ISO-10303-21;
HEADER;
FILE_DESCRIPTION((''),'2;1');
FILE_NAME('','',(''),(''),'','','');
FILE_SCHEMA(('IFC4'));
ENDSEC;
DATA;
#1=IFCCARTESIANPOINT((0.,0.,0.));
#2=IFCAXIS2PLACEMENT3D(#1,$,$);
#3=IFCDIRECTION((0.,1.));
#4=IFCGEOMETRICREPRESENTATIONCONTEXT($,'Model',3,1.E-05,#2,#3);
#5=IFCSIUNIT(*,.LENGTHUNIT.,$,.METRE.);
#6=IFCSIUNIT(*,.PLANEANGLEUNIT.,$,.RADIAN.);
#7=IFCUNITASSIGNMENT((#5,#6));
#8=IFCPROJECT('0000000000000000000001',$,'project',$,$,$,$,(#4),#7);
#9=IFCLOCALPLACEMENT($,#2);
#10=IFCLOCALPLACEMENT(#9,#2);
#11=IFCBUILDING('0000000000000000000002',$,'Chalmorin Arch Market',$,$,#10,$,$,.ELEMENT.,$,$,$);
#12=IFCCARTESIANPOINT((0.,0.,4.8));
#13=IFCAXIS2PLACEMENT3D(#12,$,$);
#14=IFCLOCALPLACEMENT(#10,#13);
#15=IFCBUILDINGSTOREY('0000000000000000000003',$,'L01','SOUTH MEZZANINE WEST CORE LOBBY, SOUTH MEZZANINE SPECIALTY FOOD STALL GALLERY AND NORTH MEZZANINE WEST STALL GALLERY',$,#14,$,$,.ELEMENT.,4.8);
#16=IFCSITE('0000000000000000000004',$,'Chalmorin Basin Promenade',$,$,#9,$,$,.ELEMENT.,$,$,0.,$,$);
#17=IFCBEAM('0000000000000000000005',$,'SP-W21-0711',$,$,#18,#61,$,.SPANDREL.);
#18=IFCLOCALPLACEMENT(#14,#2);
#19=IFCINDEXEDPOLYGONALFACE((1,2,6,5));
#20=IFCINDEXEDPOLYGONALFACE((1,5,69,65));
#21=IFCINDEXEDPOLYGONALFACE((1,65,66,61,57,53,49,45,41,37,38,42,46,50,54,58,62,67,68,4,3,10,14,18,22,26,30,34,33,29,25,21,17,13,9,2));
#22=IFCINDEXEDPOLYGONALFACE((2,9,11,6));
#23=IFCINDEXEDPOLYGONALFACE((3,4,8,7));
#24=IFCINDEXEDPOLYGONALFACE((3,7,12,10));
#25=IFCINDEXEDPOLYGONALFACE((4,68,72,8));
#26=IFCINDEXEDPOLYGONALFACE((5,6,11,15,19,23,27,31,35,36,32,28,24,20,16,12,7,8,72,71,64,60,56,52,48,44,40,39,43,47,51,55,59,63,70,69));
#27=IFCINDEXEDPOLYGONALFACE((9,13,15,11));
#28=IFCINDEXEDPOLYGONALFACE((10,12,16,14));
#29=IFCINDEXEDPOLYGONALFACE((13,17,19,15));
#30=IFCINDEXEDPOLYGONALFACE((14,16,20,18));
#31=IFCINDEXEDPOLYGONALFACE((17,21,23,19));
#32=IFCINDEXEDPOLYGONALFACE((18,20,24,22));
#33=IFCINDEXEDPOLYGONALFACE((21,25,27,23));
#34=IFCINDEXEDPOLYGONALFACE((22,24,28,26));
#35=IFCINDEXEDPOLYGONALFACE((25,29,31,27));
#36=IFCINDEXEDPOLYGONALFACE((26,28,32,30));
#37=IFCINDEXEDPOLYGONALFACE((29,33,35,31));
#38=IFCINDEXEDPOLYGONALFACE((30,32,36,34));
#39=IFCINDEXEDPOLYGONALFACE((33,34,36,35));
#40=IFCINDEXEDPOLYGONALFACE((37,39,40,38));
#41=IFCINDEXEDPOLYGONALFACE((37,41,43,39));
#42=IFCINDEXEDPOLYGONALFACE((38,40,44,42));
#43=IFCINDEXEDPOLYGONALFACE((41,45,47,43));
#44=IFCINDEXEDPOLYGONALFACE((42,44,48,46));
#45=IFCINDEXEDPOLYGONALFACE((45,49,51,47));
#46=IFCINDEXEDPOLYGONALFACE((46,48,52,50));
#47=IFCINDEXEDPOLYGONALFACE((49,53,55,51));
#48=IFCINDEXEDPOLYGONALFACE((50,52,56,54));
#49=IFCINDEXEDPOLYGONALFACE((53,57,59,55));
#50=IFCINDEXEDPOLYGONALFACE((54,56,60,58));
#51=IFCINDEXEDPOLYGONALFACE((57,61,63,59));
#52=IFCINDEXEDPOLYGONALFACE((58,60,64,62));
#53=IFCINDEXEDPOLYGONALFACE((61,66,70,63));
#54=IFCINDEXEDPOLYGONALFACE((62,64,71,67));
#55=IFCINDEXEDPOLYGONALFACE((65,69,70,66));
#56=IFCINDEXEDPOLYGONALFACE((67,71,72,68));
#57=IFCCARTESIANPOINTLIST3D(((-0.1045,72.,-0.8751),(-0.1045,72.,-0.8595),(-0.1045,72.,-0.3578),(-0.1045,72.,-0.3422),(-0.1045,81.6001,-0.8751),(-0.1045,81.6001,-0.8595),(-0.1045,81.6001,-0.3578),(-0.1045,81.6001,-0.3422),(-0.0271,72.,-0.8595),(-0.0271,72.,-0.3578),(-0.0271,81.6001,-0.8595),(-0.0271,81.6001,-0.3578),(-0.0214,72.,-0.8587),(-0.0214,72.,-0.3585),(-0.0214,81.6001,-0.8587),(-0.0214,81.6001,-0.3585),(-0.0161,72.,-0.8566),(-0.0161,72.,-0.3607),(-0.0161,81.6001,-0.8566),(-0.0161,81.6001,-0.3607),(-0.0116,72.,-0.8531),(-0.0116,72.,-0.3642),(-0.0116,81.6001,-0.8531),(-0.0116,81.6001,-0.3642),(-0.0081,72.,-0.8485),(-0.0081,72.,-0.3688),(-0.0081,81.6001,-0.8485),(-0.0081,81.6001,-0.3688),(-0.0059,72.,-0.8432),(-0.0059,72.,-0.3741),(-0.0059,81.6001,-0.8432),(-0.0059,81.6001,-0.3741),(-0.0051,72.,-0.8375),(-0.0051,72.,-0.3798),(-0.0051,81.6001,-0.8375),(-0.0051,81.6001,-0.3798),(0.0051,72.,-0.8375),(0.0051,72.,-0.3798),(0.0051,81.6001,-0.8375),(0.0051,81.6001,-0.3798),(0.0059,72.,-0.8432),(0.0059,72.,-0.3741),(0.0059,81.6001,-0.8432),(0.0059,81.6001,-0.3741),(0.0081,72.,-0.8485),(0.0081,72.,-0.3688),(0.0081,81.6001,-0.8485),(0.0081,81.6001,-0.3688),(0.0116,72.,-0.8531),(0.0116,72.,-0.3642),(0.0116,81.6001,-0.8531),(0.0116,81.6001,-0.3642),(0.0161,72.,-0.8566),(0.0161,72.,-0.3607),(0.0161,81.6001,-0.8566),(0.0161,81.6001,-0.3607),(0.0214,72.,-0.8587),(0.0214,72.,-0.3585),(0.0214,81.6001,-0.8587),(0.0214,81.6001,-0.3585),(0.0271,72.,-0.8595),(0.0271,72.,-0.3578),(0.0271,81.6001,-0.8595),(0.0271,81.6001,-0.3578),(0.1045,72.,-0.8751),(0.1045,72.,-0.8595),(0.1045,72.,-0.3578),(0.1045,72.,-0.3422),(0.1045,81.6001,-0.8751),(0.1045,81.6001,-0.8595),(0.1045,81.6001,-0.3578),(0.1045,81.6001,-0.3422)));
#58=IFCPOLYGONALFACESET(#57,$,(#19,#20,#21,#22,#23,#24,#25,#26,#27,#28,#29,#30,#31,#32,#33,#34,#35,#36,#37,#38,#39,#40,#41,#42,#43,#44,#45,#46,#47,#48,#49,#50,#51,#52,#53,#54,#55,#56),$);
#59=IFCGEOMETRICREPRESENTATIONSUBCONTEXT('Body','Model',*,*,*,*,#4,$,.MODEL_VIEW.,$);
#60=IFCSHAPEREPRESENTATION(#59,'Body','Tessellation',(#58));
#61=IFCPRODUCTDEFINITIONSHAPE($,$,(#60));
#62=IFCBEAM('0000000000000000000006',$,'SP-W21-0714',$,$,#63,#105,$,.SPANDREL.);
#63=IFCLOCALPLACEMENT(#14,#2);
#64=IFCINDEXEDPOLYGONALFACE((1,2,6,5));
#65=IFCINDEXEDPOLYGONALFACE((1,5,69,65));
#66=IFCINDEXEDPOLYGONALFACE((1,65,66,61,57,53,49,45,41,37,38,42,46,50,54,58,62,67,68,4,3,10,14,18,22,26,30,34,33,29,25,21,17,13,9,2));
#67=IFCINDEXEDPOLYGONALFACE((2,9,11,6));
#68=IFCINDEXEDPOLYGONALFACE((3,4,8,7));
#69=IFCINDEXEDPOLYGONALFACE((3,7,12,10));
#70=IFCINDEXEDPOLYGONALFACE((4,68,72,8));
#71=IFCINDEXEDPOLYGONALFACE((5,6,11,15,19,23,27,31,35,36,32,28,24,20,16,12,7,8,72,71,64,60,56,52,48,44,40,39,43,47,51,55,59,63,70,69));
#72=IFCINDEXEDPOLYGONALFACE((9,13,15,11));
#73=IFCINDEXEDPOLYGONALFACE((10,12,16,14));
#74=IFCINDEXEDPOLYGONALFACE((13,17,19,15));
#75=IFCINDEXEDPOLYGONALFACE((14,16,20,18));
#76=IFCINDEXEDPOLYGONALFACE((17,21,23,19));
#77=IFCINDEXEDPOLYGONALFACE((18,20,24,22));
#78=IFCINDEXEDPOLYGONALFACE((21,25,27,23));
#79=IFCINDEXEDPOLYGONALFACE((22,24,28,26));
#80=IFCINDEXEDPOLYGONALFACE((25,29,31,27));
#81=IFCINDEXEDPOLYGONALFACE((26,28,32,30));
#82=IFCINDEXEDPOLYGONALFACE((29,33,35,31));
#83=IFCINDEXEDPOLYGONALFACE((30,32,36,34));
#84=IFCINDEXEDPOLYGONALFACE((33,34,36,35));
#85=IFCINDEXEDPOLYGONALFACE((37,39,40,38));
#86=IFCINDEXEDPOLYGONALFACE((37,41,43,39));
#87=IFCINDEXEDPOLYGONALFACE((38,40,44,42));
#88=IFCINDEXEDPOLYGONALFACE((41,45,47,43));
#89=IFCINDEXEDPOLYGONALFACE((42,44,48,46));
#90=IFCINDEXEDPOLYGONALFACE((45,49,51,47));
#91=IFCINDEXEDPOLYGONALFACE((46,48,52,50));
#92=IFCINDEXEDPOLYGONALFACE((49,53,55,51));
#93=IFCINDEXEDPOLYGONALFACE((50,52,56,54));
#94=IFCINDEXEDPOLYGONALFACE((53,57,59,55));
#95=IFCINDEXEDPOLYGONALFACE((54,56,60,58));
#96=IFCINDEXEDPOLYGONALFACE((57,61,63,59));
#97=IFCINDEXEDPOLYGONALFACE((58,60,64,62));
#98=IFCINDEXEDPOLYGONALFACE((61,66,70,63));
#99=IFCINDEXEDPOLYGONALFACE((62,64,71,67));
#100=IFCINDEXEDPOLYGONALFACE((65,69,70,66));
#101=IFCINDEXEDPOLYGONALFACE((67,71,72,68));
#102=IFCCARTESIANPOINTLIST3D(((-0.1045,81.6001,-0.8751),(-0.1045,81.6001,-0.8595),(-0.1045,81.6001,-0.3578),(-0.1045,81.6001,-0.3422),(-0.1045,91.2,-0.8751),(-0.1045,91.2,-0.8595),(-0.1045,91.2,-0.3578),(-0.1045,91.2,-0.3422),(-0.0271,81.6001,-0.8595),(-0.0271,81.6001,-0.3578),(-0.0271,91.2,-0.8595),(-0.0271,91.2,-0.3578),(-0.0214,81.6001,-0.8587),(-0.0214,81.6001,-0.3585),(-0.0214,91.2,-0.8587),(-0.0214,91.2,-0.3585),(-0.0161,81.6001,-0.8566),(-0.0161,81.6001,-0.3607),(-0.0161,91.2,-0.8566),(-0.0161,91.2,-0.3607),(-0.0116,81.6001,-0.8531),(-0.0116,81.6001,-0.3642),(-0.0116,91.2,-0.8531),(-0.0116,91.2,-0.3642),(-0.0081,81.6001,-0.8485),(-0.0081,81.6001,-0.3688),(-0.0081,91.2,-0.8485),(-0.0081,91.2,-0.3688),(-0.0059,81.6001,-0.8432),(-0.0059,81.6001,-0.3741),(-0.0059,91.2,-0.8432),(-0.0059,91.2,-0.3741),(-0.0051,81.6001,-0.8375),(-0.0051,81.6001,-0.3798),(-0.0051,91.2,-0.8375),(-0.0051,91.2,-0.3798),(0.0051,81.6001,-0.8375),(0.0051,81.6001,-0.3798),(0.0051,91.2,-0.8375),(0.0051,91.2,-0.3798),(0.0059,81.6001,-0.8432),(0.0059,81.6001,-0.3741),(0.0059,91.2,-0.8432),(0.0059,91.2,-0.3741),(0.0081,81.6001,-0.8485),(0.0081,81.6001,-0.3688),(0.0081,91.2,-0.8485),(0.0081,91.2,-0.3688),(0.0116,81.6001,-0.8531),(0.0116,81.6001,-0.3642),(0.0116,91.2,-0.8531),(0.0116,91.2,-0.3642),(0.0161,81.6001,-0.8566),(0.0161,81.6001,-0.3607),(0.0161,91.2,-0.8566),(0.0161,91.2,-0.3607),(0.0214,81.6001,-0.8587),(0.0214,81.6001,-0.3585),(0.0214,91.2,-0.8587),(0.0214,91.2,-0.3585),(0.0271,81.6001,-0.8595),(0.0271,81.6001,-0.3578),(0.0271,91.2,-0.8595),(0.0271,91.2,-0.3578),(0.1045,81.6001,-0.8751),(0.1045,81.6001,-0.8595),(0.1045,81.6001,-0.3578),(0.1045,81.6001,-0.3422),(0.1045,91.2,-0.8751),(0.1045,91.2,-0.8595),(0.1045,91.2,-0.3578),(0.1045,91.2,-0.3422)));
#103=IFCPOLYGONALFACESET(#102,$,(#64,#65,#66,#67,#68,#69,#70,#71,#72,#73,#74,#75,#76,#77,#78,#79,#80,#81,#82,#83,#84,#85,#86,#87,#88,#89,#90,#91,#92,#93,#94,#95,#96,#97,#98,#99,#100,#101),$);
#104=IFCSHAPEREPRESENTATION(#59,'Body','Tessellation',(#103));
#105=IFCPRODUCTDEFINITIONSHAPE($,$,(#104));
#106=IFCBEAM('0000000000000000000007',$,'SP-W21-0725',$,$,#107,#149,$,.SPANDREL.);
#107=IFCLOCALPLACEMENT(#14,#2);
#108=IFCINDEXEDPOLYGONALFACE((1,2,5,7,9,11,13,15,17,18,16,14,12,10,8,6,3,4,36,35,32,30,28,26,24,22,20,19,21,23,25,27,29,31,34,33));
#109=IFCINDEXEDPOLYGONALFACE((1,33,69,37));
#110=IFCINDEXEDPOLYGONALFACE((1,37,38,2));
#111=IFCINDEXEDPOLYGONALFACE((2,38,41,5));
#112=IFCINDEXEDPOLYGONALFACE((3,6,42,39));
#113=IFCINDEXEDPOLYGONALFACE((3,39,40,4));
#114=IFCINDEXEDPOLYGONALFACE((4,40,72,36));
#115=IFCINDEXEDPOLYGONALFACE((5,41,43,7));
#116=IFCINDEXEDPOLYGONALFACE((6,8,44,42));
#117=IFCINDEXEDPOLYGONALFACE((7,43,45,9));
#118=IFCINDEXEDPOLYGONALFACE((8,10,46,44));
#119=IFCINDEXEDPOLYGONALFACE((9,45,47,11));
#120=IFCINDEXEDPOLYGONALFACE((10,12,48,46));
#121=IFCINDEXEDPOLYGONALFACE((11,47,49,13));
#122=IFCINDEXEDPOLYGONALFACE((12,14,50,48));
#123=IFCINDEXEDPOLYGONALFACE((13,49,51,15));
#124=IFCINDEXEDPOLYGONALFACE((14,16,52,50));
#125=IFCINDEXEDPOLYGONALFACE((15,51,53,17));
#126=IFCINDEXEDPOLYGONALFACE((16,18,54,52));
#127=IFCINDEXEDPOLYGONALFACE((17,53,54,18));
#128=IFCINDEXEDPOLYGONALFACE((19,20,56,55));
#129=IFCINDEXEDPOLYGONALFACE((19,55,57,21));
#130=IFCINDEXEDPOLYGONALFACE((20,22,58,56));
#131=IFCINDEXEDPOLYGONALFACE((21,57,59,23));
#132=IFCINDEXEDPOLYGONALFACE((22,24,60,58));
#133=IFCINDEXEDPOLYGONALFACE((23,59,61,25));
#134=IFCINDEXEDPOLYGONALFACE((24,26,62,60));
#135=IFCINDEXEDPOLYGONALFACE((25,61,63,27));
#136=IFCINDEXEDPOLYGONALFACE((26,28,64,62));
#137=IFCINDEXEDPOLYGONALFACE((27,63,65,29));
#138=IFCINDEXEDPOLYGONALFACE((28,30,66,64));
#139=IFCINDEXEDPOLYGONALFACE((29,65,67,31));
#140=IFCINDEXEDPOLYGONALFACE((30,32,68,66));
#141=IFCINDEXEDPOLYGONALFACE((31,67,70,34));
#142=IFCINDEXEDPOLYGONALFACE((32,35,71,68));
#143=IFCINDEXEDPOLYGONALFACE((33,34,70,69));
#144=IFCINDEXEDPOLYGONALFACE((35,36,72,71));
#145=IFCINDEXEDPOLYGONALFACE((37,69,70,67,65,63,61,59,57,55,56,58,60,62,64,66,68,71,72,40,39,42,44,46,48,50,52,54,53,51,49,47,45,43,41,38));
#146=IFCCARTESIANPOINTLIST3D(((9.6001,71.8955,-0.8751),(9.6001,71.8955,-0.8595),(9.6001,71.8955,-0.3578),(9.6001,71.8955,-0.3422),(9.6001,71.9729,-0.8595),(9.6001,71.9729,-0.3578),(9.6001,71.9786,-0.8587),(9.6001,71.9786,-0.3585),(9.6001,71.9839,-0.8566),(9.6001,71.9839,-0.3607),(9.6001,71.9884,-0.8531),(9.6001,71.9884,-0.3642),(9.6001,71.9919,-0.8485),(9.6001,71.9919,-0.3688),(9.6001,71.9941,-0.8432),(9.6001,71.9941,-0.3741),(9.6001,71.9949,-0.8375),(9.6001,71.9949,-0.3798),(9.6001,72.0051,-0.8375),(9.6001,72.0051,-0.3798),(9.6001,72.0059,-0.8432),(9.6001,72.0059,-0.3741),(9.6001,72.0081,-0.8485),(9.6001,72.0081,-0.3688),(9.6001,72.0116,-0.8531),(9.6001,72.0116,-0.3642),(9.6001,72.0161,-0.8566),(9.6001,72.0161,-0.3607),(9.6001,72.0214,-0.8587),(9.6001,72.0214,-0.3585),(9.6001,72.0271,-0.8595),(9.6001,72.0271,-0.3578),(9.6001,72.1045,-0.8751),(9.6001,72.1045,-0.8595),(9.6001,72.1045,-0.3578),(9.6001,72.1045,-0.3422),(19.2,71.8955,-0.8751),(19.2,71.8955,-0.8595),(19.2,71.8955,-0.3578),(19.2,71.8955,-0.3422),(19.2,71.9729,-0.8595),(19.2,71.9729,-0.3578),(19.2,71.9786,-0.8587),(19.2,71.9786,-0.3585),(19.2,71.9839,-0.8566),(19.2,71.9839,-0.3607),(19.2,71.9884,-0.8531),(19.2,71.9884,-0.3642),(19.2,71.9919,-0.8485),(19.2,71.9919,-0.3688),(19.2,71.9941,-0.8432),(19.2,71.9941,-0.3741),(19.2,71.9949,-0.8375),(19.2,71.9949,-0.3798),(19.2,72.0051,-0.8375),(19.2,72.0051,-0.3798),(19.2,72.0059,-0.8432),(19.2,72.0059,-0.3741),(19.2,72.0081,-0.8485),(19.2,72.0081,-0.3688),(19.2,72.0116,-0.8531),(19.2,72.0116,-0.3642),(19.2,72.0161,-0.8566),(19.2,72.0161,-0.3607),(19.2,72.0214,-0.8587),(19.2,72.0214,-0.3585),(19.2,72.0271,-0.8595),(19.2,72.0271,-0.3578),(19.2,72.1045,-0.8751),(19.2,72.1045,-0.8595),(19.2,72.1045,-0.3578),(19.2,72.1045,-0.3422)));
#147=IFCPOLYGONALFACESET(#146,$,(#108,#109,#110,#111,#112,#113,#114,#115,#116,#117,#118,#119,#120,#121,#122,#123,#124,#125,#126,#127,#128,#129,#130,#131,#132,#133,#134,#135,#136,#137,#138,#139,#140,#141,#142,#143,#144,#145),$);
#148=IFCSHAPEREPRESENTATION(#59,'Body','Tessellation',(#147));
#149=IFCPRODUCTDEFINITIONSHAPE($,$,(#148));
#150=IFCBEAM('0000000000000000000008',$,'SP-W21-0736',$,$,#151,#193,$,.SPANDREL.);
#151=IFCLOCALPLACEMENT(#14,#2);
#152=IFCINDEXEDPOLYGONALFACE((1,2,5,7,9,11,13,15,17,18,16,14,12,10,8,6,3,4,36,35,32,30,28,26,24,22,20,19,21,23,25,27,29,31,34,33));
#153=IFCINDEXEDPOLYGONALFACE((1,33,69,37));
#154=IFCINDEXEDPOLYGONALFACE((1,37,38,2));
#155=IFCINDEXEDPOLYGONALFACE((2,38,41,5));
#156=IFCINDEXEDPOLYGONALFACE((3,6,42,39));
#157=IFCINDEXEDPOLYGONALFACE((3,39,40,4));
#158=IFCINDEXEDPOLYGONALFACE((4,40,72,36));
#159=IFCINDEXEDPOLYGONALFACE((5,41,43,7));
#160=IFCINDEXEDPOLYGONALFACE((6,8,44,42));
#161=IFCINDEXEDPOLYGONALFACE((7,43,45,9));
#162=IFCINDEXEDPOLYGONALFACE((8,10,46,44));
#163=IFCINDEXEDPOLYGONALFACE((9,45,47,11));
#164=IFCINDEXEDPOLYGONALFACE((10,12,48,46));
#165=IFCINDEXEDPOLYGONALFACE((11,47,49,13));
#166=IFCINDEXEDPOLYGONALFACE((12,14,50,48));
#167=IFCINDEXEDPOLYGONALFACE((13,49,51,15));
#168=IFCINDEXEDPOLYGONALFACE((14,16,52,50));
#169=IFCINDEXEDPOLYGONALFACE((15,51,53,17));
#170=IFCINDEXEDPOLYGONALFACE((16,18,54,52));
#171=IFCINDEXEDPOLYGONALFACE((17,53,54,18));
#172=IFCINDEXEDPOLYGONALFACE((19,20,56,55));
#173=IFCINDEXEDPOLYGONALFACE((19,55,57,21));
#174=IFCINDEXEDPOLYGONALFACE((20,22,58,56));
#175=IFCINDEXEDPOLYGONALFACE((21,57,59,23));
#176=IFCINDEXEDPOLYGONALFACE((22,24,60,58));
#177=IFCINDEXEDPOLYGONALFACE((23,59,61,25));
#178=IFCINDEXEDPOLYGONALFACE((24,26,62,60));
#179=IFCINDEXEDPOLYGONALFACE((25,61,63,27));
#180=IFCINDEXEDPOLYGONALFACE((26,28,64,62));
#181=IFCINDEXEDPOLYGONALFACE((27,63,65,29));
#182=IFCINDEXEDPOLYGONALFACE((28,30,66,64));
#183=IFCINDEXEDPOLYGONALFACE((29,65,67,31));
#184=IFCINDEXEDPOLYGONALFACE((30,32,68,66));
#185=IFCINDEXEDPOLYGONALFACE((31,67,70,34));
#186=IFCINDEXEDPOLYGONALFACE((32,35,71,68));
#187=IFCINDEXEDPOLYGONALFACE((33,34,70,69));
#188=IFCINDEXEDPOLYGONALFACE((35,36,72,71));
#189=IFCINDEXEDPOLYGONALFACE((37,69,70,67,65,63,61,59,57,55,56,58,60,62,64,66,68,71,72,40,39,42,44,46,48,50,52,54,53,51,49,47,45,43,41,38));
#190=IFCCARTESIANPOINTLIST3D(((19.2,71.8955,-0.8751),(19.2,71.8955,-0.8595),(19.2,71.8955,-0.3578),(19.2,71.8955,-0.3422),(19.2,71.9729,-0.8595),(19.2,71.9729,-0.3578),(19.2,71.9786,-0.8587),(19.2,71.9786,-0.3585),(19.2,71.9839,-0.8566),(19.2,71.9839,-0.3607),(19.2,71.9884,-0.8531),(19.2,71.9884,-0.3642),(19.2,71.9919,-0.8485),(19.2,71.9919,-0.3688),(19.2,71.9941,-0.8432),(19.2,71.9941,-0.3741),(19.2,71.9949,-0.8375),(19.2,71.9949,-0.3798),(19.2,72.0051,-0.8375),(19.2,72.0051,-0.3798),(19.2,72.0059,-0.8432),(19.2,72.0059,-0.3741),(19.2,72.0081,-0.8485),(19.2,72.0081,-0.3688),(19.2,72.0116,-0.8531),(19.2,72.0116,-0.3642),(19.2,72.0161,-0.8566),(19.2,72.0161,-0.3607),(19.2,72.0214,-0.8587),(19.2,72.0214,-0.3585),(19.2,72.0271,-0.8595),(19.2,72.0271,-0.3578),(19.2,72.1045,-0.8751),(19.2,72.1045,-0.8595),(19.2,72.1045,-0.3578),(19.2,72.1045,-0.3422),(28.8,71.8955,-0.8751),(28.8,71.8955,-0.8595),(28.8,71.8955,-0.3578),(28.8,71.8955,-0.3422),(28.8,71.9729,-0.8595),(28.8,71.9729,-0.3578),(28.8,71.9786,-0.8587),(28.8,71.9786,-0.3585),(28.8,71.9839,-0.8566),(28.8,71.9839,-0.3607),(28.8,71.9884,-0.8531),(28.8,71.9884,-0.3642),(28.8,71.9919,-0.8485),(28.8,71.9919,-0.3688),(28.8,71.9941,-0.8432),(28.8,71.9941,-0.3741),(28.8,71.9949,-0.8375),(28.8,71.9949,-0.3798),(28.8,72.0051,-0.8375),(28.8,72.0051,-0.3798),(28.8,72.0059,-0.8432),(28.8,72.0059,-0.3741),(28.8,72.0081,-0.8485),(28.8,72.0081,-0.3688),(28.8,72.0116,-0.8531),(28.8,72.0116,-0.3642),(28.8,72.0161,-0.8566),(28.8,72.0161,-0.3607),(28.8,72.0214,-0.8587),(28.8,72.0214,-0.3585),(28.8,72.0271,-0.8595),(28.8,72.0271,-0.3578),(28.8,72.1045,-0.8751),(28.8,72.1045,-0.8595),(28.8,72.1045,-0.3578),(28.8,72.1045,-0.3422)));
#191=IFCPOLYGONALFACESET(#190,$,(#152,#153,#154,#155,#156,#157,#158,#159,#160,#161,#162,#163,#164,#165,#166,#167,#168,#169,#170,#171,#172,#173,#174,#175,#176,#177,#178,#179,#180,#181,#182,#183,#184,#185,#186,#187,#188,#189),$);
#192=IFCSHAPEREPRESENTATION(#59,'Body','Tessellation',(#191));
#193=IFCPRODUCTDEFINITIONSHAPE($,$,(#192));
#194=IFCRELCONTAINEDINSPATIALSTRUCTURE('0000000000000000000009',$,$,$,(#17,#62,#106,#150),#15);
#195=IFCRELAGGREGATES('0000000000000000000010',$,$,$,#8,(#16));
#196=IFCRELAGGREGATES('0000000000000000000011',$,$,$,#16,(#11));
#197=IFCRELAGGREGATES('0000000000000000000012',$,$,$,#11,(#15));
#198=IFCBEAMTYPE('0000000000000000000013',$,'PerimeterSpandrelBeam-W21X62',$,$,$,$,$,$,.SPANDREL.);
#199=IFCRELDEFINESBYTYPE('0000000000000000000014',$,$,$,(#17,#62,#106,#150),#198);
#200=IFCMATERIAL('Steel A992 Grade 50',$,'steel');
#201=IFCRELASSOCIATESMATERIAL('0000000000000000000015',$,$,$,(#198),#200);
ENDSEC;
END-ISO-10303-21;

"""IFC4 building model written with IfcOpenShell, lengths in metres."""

from ifc_helpers import new_model, si_unit, direction, frame, origin, origin_2d, place, context, subcontext, project, spatial, i_section, extrude, material, material_profile, profile_set, type_object, element, save


model = new_model("IFC4")

# Units and contexts
model_context = context("Model", 3, precision=1e-05, world=origin(), true_north=direction((0.0, 1.0)))
body_context = subcontext(model_context, "Body", "Model", "MODEL_VIEW")
ifc_project = project(units=[si_unit("LENGTHUNIT", "METRE"), si_unit("PLANEANGLEUNIT", "RADIAN")], contexts=[model_context])

# Site, building, storey
site_placement = place(None, origin())
site = spatial("IfcSite", under=ifc_project, at=site_placement, Name="Chalmorin Basin Promenade", CompositionType="ELEMENT", RefElevation=0.0)
building_placement = place(site_placement, origin())
building = spatial("IfcBuilding", under=site, at=building_placement, Name="Chalmorin Arch Market", CompositionType="ELEMENT")
storey_placement = place(building_placement, frame((0.0, 0.0, 4.8)))
storey = spatial("IfcBuildingStorey", under=building, at=storey_placement, Name="L01", Description="SOUTH MEZZANINE WEST CORE LOBBY, SOUTH MEZZANINE SPECIALTY FOOD STALL GALLERY AND NORTH MEZZANINE WEST STALL GALLERY", CompositionType="ELEMENT", Elevation=4.8)

# Beams
ifc_material_1 = material(Name="Steel A992 Grade 50", Category="steel")
ifc_material_profile_1 = material_profile(ifc_material_1, i_section(OverallWidth=0.209, OverallDepth=0.533, WebThickness=0.0103, FlangeThickness=0.0156, FilletRadius=0.022, at=origin_2d()), Name="W21X62")
ifc_profile_set_1 = profile_set([ifc_material_profile_1], Name="Steel A992 Grade 50")
beam_type_1 = type_object("IfcBeamType", Name="PerimeterSpandrelBeam-W21X62", PredefinedType="SPANDREL", material=ifc_profile_set_1)
for number, where, z_axis, x_axis, name in (
    (1, (0.0, 72.0, -0.6086), (0.0, 1.0, 0.0), (-1.0, 0.0, 0.0), "SP-W21-0711"),
):
    element("IfcBeam", number, at=place(storey_placement, frame(where, z_axis=z_axis, x_axis=x_axis)), inside=storey, type_object=beam_type_1, Name=name, PredefinedType="SPANDREL", context=body_context, shape_type="SweptSolid", body=[
        extrude(i_section(OverallWidth=0.209, OverallDepth=0.533, WebThickness=0.0103, FlangeThickness=0.0156, FilletRadius=0.022, at=origin_2d()), origin(), (0.0, 0.0, 1.0), 9.6001),
    ])
for number, where, z_axis, x_axis, name in (
    (2, (0.0, 81.6001, -0.6086), (0.0, 1.0, 0.0), (-1.0, 0.0, 0.0), "SP-W21-0714"),
    (3, (9.6001, 72.0, -0.6086), (1.0, 0.0, 0.0), (0.0, 1.0, 0.0), "SP-W21-0725"),
):
    element("IfcBeam", number, at=place(storey_placement, frame(where, z_axis=z_axis, x_axis=x_axis)), inside=storey, type_object=beam_type_1, Name=name, PredefinedType="SPANDREL", context=body_context, shape_type="SweptSolid", body=[
        extrude(i_section(OverallWidth=0.209, OverallDepth=0.533, WebThickness=0.0103, FlangeThickness=0.0156, FilletRadius=0.022, at=origin_2d()), origin(), (0.0, 0.0, 1.0), 9.5999),
    ])
beam_1_placement = place(storey_placement, frame((19.2, 72.0, -0.6086), z_axis=(1.0, 0.0, 0.0), x_axis=(0.0, 1.0, 0.0)))
element("IfcBeam", 4, at=beam_1_placement, inside=storey, type_object=beam_type_1, Name="SP-W21-0736", PredefinedType="SPANDREL", context=body_context, shape_type="SweptSolid", body=[
    extrude(i_section(OverallWidth=0.209, OverallDepth=0.533, WebThickness=0.0103, FlangeThickness=0.0156, FilletRadius=0.022, at=origin_2d()), origin(), (0.0, 0.0, 1.0), 9.6001),
])

save(model, "model.ifc")
